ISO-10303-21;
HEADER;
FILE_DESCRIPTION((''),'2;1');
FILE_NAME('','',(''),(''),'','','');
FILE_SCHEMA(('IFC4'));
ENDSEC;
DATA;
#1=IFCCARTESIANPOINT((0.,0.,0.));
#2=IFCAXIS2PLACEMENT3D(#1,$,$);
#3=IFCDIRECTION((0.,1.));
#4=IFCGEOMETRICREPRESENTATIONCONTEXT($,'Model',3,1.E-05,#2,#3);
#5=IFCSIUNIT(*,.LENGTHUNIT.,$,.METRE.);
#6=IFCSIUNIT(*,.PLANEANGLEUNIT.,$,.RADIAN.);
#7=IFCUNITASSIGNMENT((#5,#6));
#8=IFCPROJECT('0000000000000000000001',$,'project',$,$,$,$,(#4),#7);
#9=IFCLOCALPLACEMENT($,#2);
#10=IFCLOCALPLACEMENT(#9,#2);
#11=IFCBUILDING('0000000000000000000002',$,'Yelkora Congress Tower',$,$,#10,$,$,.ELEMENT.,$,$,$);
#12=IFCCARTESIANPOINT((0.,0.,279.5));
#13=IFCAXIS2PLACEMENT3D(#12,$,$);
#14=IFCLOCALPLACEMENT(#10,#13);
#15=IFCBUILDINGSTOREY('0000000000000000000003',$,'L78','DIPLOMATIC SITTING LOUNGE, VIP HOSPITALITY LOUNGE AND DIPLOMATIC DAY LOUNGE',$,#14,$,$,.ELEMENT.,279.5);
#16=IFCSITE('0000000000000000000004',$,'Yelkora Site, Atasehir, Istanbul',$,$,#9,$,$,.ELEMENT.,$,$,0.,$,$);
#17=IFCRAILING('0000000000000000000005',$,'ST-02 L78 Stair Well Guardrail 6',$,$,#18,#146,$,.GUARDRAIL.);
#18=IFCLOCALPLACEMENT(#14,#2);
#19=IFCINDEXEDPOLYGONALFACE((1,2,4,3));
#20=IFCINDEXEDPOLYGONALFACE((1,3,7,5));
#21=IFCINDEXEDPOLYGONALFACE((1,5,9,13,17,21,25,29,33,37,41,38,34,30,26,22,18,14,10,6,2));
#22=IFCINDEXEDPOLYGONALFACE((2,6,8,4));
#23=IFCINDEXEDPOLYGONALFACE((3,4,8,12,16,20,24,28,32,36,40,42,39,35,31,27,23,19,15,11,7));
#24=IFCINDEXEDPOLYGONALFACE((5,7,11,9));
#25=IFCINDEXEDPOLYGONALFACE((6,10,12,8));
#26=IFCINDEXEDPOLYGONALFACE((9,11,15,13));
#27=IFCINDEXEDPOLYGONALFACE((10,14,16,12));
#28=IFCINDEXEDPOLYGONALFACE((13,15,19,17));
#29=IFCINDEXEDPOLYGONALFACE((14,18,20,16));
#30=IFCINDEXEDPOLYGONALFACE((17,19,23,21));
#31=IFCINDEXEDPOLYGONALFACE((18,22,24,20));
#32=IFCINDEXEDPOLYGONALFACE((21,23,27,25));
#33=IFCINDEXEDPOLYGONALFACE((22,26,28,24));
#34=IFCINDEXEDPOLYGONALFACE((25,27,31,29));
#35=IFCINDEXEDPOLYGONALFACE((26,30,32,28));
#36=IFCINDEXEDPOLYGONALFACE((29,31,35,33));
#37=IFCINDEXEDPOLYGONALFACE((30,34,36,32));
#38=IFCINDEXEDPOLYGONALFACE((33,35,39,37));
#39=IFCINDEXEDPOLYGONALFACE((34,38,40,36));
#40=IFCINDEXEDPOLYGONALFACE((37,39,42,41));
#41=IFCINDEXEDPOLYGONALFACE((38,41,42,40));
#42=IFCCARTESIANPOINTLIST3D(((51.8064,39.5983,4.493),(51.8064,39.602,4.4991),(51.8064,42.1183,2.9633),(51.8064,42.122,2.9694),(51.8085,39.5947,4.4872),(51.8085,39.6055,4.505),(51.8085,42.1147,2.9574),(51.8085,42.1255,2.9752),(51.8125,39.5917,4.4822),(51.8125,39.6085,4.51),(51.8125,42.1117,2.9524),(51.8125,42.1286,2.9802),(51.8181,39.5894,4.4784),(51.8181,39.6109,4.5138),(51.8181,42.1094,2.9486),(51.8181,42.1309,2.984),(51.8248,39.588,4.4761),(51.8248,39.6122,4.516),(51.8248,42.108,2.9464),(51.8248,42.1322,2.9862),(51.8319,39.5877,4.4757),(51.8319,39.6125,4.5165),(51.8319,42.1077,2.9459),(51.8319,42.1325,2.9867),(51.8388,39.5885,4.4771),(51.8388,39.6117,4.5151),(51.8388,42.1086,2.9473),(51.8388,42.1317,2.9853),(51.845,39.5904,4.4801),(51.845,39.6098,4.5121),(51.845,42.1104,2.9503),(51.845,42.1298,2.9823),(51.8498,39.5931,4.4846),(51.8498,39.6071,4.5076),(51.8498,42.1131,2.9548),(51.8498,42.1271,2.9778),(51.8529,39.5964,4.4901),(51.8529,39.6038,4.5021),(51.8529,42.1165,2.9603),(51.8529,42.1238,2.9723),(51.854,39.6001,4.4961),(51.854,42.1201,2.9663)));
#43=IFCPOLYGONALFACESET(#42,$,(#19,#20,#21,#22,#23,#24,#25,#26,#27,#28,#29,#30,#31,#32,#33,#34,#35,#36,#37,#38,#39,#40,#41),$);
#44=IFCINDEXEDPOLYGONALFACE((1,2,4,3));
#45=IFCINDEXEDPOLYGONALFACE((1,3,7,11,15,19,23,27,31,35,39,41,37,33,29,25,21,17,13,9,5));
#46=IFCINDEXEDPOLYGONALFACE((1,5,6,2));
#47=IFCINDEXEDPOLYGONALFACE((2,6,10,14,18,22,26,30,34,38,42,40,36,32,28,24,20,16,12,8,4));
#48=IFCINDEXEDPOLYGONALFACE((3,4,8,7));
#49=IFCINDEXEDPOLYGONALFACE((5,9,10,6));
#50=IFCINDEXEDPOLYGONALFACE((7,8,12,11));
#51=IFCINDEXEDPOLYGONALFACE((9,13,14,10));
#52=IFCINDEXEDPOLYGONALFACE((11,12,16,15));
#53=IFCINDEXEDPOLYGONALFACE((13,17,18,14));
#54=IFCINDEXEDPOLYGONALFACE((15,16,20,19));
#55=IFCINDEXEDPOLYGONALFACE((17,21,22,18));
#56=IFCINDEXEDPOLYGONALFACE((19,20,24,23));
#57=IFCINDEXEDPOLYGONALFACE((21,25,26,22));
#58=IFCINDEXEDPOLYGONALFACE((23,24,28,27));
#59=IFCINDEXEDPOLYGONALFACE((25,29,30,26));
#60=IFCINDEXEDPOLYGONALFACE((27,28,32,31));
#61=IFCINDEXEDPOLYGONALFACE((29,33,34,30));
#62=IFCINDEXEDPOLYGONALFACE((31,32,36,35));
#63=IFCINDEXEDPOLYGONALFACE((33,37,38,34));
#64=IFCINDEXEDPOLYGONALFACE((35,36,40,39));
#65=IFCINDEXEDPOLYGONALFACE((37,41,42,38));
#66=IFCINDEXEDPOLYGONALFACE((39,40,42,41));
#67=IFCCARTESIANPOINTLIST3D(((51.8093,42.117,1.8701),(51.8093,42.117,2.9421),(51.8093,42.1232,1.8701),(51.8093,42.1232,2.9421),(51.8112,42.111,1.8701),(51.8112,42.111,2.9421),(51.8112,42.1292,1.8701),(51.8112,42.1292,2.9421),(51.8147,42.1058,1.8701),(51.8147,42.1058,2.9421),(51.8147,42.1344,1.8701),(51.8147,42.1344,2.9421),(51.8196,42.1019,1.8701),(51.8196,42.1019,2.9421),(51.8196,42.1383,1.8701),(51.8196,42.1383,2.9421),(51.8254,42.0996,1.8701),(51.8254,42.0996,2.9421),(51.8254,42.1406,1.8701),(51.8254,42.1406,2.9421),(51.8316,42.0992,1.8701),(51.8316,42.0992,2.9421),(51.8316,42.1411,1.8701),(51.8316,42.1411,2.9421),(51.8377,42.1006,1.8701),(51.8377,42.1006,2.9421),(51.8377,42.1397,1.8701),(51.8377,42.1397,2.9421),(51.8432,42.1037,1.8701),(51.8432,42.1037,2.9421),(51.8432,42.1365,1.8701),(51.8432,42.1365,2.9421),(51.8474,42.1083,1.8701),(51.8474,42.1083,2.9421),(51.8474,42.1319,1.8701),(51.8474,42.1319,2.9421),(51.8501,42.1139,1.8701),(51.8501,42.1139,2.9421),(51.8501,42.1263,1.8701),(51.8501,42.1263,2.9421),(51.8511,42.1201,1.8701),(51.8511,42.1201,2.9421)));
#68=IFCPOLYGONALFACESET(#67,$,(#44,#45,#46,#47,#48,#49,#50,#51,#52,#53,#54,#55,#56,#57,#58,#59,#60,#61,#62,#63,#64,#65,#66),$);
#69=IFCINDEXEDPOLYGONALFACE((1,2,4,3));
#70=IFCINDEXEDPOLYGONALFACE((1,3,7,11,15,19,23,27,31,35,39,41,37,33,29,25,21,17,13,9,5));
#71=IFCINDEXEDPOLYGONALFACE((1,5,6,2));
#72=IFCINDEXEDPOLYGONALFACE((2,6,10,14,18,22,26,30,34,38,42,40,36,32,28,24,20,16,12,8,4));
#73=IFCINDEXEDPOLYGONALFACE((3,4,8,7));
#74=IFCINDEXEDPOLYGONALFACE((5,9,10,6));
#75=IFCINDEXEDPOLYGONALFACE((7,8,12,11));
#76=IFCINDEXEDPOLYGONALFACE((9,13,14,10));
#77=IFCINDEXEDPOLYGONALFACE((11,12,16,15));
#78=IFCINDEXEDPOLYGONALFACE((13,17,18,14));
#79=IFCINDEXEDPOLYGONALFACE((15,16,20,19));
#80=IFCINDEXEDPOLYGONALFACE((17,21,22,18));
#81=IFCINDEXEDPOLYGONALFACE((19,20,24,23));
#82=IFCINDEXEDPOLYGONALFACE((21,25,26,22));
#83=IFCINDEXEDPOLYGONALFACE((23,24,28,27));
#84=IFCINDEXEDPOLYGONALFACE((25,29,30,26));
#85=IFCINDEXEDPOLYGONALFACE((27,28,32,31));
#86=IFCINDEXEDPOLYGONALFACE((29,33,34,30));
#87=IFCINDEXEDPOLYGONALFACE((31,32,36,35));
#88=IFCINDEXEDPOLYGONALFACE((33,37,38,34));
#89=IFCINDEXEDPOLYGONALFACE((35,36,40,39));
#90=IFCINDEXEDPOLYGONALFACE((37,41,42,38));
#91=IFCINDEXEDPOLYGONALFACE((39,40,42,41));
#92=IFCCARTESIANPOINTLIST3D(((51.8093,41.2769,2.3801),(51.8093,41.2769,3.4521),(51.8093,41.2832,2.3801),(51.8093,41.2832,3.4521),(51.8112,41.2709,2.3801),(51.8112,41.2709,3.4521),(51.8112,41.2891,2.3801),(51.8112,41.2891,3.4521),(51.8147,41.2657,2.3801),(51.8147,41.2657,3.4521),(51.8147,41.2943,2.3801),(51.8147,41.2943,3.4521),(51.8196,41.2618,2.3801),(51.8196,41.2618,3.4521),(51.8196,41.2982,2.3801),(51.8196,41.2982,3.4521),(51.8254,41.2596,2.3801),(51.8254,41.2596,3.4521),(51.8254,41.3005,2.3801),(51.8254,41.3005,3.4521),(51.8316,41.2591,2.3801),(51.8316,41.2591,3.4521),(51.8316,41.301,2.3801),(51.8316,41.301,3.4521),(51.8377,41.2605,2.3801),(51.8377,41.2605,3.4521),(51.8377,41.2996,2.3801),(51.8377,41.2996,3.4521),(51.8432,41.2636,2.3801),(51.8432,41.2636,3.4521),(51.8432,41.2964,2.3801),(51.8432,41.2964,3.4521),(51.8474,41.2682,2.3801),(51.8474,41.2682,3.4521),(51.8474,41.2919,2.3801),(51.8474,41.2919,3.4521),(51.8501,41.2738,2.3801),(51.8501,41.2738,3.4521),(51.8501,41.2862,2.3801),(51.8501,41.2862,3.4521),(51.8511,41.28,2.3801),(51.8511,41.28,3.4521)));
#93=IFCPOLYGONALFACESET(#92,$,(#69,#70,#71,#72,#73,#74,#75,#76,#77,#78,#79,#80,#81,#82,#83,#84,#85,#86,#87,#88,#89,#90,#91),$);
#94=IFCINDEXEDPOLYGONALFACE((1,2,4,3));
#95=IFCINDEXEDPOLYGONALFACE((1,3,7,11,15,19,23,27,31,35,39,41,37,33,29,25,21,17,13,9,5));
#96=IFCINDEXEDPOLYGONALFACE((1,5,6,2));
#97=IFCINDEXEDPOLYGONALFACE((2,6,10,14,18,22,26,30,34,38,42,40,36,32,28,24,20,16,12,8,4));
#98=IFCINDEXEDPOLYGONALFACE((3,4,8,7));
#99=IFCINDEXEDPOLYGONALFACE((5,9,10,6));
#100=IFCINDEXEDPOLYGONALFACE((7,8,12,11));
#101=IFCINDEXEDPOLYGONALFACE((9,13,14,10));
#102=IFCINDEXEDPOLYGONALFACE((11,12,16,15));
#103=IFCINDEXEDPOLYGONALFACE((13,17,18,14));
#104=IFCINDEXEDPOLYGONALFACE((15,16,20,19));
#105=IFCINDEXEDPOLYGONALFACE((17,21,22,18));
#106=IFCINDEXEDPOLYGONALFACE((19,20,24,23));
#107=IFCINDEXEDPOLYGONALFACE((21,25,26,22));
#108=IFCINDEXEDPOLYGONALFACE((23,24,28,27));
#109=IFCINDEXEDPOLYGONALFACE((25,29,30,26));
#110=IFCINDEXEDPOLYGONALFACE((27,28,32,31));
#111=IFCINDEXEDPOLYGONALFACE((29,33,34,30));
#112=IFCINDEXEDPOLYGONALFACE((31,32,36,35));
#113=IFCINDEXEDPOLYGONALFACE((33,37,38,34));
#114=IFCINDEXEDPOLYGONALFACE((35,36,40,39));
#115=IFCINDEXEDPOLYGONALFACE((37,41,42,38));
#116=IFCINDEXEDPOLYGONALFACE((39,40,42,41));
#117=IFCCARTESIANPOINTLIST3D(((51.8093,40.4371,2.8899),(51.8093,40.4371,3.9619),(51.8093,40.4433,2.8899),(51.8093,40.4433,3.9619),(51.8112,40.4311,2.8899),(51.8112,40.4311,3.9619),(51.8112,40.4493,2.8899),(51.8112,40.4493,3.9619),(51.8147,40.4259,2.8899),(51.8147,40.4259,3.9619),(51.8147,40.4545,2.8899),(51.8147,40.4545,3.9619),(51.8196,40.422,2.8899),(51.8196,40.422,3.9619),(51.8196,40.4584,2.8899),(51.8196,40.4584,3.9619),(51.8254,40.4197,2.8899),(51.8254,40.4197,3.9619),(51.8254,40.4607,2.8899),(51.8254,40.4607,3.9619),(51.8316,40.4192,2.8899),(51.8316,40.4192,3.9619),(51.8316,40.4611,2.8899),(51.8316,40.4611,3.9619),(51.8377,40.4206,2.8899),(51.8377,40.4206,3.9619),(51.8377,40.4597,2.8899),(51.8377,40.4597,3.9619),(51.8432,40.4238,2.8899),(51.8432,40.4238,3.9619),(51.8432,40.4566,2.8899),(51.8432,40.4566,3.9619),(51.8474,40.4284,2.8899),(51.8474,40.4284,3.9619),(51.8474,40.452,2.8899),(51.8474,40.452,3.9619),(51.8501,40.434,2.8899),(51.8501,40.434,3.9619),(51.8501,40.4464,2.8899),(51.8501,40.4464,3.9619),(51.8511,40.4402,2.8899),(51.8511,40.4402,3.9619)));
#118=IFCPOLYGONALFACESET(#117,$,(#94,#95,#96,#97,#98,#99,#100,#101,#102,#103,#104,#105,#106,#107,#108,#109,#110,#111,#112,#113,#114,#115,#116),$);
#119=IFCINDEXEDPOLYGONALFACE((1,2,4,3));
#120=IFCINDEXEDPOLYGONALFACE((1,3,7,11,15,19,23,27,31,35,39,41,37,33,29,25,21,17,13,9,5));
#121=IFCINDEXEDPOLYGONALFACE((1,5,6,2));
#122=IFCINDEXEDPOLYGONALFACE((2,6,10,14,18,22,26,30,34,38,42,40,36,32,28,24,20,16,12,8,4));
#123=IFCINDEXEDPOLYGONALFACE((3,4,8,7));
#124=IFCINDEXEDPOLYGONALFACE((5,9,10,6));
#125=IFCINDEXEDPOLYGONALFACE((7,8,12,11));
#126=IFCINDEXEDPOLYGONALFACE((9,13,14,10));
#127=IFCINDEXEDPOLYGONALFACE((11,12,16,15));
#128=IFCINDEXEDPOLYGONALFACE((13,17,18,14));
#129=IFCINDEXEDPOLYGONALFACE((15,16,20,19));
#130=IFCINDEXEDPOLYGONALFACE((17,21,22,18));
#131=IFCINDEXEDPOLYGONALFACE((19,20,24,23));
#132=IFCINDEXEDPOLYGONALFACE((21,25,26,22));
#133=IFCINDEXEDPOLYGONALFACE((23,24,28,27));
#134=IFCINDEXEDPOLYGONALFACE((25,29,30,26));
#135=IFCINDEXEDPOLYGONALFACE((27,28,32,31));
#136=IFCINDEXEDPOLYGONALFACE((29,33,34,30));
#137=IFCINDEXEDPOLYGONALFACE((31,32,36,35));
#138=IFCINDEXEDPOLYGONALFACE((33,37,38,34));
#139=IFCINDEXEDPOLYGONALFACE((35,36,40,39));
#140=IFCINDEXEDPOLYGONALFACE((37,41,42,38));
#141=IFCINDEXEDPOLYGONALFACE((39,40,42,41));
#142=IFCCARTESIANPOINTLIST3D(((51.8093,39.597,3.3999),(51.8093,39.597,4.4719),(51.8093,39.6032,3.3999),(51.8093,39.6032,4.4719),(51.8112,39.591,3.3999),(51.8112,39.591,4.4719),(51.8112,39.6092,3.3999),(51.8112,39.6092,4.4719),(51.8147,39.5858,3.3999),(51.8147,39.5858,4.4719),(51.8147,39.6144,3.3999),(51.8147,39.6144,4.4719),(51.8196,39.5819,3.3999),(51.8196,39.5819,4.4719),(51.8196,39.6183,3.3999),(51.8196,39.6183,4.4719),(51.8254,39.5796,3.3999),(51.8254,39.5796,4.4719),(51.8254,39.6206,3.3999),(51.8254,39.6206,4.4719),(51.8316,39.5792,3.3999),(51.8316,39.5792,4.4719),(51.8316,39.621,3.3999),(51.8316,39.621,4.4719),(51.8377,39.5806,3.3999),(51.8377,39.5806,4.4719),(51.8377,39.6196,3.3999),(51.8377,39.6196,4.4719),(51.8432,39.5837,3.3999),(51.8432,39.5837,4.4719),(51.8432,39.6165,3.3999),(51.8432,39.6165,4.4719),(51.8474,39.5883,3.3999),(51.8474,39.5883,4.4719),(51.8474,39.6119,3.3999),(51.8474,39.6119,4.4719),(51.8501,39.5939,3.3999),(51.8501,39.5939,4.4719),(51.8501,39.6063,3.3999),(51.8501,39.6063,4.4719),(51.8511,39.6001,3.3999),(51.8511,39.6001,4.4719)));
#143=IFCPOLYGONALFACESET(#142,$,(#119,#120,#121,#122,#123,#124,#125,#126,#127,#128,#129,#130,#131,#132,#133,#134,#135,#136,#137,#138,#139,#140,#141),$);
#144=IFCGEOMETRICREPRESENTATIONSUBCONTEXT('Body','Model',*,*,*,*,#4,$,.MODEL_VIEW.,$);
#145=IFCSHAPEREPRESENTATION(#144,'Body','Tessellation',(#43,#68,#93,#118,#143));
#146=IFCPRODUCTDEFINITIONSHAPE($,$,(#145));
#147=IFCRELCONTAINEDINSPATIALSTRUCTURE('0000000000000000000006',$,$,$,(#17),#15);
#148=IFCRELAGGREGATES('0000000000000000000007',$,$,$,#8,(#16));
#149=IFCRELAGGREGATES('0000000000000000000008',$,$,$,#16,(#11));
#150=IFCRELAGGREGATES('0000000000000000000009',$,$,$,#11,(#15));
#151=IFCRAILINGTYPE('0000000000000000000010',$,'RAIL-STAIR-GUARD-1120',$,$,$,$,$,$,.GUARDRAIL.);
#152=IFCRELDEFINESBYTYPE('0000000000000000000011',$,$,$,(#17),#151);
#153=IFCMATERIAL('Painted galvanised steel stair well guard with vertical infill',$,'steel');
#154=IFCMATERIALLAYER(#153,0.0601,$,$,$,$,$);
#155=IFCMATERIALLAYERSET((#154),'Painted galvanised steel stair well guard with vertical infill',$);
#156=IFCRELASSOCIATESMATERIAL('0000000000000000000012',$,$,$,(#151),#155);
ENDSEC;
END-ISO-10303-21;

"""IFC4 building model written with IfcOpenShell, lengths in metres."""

from ifc_helpers import new_model, si_unit, direction, frame, origin, origin_2d, place, context, subcontext, project, spatial, circle, extrude, material, layer, layer_set, type_object, element, save


model = new_model("IFC4")

# Units and contexts
model_context = context("Model", 3, precision=1e-05, world=origin(), true_north=direction((0.0, 1.0)))
body_context = subcontext(model_context, "Body", "Model", "MODEL_VIEW")
ifc_project = project(units=[si_unit("LENGTHUNIT", "METRE"), si_unit("PLANEANGLEUNIT", "RADIAN")], contexts=[model_context])

# Site, building, storey
site_placement = place(None, origin())
site = spatial("IfcSite", under=ifc_project, at=site_placement, Name="Yelkora Site, Atasehir, Istanbul", CompositionType="ELEMENT", RefElevation=0.0)
building_placement = place(site_placement, origin())
building = spatial("IfcBuilding", under=site, at=building_placement, Name="Yelkora Congress Tower", CompositionType="ELEMENT")
storey_placement = place(building_placement, frame((0.0, 0.0, 279.5)))
storey = spatial("IfcBuildingStorey", under=building, at=storey_placement, Name="L78", Description="DIPLOMATIC SITTING LOUNGE, VIP HOSPITALITY LOUNGE AND DIPLOMATIC DAY LOUNGE", CompositionType="ELEMENT", Elevation=279.5)

# Railing
ifc_material_1 = material(Name="Painted galvanised steel stair well guard with vertical infill", Category="steel")
ifc_layer_1 = layer(ifc_material_1, 0.0601)
ifc_layer_set_1 = layer_set([ifc_layer_1], Name="Painted galvanised steel stair well guard with vertical infill")
railing_type_1 = type_object("IfcRailingType", Name="RAIL-STAIR-GUARD-1120", PredefinedType="GUARDRAIL", material=ifc_layer_set_1)
railing_1_placement = place(storey_placement, frame((51.8301, 42.1201, 1.8701)))
element("IfcRailing", 1, at=railing_1_placement, inside=storey, type_object=railing_type_1, Name="ST-02 L78 Stair Well Guardrail 6", PredefinedType="GUARDRAIL", context=body_context, shape_type="SweptSolid", body=[
    extrude(circle(Radius=0.0239, at=origin_2d()), frame((0.0, 0.0, 1.0962), z_axis=(0.0, -0.854822, 0.518922), x_axis=(1.0, 0.0, 0.0)), (0.0, 0.0, 1.0), 2.948),
    extrude(circle(Radius=0.021, at=origin_2d()), origin(), (0.0, 0.0, 1.0), 1.072),
    extrude(circle(Radius=0.021, at=origin_2d()), frame((0.0, -0.8401, 0.51)), (0.0, 0.0, 1.0), 1.072),
    extrude(circle(Radius=0.021, at=origin_2d()), frame((0.0, -1.6799, 1.0198)), (0.0, 0.0, 1.0), 1.072),
    extrude(circle(Radius=0.021, at=origin_2d()), frame((0.0, -2.52, 1.5298)), (0.0, 0.0, 1.0), 1.072),
])

save(model, "model.ifc")
